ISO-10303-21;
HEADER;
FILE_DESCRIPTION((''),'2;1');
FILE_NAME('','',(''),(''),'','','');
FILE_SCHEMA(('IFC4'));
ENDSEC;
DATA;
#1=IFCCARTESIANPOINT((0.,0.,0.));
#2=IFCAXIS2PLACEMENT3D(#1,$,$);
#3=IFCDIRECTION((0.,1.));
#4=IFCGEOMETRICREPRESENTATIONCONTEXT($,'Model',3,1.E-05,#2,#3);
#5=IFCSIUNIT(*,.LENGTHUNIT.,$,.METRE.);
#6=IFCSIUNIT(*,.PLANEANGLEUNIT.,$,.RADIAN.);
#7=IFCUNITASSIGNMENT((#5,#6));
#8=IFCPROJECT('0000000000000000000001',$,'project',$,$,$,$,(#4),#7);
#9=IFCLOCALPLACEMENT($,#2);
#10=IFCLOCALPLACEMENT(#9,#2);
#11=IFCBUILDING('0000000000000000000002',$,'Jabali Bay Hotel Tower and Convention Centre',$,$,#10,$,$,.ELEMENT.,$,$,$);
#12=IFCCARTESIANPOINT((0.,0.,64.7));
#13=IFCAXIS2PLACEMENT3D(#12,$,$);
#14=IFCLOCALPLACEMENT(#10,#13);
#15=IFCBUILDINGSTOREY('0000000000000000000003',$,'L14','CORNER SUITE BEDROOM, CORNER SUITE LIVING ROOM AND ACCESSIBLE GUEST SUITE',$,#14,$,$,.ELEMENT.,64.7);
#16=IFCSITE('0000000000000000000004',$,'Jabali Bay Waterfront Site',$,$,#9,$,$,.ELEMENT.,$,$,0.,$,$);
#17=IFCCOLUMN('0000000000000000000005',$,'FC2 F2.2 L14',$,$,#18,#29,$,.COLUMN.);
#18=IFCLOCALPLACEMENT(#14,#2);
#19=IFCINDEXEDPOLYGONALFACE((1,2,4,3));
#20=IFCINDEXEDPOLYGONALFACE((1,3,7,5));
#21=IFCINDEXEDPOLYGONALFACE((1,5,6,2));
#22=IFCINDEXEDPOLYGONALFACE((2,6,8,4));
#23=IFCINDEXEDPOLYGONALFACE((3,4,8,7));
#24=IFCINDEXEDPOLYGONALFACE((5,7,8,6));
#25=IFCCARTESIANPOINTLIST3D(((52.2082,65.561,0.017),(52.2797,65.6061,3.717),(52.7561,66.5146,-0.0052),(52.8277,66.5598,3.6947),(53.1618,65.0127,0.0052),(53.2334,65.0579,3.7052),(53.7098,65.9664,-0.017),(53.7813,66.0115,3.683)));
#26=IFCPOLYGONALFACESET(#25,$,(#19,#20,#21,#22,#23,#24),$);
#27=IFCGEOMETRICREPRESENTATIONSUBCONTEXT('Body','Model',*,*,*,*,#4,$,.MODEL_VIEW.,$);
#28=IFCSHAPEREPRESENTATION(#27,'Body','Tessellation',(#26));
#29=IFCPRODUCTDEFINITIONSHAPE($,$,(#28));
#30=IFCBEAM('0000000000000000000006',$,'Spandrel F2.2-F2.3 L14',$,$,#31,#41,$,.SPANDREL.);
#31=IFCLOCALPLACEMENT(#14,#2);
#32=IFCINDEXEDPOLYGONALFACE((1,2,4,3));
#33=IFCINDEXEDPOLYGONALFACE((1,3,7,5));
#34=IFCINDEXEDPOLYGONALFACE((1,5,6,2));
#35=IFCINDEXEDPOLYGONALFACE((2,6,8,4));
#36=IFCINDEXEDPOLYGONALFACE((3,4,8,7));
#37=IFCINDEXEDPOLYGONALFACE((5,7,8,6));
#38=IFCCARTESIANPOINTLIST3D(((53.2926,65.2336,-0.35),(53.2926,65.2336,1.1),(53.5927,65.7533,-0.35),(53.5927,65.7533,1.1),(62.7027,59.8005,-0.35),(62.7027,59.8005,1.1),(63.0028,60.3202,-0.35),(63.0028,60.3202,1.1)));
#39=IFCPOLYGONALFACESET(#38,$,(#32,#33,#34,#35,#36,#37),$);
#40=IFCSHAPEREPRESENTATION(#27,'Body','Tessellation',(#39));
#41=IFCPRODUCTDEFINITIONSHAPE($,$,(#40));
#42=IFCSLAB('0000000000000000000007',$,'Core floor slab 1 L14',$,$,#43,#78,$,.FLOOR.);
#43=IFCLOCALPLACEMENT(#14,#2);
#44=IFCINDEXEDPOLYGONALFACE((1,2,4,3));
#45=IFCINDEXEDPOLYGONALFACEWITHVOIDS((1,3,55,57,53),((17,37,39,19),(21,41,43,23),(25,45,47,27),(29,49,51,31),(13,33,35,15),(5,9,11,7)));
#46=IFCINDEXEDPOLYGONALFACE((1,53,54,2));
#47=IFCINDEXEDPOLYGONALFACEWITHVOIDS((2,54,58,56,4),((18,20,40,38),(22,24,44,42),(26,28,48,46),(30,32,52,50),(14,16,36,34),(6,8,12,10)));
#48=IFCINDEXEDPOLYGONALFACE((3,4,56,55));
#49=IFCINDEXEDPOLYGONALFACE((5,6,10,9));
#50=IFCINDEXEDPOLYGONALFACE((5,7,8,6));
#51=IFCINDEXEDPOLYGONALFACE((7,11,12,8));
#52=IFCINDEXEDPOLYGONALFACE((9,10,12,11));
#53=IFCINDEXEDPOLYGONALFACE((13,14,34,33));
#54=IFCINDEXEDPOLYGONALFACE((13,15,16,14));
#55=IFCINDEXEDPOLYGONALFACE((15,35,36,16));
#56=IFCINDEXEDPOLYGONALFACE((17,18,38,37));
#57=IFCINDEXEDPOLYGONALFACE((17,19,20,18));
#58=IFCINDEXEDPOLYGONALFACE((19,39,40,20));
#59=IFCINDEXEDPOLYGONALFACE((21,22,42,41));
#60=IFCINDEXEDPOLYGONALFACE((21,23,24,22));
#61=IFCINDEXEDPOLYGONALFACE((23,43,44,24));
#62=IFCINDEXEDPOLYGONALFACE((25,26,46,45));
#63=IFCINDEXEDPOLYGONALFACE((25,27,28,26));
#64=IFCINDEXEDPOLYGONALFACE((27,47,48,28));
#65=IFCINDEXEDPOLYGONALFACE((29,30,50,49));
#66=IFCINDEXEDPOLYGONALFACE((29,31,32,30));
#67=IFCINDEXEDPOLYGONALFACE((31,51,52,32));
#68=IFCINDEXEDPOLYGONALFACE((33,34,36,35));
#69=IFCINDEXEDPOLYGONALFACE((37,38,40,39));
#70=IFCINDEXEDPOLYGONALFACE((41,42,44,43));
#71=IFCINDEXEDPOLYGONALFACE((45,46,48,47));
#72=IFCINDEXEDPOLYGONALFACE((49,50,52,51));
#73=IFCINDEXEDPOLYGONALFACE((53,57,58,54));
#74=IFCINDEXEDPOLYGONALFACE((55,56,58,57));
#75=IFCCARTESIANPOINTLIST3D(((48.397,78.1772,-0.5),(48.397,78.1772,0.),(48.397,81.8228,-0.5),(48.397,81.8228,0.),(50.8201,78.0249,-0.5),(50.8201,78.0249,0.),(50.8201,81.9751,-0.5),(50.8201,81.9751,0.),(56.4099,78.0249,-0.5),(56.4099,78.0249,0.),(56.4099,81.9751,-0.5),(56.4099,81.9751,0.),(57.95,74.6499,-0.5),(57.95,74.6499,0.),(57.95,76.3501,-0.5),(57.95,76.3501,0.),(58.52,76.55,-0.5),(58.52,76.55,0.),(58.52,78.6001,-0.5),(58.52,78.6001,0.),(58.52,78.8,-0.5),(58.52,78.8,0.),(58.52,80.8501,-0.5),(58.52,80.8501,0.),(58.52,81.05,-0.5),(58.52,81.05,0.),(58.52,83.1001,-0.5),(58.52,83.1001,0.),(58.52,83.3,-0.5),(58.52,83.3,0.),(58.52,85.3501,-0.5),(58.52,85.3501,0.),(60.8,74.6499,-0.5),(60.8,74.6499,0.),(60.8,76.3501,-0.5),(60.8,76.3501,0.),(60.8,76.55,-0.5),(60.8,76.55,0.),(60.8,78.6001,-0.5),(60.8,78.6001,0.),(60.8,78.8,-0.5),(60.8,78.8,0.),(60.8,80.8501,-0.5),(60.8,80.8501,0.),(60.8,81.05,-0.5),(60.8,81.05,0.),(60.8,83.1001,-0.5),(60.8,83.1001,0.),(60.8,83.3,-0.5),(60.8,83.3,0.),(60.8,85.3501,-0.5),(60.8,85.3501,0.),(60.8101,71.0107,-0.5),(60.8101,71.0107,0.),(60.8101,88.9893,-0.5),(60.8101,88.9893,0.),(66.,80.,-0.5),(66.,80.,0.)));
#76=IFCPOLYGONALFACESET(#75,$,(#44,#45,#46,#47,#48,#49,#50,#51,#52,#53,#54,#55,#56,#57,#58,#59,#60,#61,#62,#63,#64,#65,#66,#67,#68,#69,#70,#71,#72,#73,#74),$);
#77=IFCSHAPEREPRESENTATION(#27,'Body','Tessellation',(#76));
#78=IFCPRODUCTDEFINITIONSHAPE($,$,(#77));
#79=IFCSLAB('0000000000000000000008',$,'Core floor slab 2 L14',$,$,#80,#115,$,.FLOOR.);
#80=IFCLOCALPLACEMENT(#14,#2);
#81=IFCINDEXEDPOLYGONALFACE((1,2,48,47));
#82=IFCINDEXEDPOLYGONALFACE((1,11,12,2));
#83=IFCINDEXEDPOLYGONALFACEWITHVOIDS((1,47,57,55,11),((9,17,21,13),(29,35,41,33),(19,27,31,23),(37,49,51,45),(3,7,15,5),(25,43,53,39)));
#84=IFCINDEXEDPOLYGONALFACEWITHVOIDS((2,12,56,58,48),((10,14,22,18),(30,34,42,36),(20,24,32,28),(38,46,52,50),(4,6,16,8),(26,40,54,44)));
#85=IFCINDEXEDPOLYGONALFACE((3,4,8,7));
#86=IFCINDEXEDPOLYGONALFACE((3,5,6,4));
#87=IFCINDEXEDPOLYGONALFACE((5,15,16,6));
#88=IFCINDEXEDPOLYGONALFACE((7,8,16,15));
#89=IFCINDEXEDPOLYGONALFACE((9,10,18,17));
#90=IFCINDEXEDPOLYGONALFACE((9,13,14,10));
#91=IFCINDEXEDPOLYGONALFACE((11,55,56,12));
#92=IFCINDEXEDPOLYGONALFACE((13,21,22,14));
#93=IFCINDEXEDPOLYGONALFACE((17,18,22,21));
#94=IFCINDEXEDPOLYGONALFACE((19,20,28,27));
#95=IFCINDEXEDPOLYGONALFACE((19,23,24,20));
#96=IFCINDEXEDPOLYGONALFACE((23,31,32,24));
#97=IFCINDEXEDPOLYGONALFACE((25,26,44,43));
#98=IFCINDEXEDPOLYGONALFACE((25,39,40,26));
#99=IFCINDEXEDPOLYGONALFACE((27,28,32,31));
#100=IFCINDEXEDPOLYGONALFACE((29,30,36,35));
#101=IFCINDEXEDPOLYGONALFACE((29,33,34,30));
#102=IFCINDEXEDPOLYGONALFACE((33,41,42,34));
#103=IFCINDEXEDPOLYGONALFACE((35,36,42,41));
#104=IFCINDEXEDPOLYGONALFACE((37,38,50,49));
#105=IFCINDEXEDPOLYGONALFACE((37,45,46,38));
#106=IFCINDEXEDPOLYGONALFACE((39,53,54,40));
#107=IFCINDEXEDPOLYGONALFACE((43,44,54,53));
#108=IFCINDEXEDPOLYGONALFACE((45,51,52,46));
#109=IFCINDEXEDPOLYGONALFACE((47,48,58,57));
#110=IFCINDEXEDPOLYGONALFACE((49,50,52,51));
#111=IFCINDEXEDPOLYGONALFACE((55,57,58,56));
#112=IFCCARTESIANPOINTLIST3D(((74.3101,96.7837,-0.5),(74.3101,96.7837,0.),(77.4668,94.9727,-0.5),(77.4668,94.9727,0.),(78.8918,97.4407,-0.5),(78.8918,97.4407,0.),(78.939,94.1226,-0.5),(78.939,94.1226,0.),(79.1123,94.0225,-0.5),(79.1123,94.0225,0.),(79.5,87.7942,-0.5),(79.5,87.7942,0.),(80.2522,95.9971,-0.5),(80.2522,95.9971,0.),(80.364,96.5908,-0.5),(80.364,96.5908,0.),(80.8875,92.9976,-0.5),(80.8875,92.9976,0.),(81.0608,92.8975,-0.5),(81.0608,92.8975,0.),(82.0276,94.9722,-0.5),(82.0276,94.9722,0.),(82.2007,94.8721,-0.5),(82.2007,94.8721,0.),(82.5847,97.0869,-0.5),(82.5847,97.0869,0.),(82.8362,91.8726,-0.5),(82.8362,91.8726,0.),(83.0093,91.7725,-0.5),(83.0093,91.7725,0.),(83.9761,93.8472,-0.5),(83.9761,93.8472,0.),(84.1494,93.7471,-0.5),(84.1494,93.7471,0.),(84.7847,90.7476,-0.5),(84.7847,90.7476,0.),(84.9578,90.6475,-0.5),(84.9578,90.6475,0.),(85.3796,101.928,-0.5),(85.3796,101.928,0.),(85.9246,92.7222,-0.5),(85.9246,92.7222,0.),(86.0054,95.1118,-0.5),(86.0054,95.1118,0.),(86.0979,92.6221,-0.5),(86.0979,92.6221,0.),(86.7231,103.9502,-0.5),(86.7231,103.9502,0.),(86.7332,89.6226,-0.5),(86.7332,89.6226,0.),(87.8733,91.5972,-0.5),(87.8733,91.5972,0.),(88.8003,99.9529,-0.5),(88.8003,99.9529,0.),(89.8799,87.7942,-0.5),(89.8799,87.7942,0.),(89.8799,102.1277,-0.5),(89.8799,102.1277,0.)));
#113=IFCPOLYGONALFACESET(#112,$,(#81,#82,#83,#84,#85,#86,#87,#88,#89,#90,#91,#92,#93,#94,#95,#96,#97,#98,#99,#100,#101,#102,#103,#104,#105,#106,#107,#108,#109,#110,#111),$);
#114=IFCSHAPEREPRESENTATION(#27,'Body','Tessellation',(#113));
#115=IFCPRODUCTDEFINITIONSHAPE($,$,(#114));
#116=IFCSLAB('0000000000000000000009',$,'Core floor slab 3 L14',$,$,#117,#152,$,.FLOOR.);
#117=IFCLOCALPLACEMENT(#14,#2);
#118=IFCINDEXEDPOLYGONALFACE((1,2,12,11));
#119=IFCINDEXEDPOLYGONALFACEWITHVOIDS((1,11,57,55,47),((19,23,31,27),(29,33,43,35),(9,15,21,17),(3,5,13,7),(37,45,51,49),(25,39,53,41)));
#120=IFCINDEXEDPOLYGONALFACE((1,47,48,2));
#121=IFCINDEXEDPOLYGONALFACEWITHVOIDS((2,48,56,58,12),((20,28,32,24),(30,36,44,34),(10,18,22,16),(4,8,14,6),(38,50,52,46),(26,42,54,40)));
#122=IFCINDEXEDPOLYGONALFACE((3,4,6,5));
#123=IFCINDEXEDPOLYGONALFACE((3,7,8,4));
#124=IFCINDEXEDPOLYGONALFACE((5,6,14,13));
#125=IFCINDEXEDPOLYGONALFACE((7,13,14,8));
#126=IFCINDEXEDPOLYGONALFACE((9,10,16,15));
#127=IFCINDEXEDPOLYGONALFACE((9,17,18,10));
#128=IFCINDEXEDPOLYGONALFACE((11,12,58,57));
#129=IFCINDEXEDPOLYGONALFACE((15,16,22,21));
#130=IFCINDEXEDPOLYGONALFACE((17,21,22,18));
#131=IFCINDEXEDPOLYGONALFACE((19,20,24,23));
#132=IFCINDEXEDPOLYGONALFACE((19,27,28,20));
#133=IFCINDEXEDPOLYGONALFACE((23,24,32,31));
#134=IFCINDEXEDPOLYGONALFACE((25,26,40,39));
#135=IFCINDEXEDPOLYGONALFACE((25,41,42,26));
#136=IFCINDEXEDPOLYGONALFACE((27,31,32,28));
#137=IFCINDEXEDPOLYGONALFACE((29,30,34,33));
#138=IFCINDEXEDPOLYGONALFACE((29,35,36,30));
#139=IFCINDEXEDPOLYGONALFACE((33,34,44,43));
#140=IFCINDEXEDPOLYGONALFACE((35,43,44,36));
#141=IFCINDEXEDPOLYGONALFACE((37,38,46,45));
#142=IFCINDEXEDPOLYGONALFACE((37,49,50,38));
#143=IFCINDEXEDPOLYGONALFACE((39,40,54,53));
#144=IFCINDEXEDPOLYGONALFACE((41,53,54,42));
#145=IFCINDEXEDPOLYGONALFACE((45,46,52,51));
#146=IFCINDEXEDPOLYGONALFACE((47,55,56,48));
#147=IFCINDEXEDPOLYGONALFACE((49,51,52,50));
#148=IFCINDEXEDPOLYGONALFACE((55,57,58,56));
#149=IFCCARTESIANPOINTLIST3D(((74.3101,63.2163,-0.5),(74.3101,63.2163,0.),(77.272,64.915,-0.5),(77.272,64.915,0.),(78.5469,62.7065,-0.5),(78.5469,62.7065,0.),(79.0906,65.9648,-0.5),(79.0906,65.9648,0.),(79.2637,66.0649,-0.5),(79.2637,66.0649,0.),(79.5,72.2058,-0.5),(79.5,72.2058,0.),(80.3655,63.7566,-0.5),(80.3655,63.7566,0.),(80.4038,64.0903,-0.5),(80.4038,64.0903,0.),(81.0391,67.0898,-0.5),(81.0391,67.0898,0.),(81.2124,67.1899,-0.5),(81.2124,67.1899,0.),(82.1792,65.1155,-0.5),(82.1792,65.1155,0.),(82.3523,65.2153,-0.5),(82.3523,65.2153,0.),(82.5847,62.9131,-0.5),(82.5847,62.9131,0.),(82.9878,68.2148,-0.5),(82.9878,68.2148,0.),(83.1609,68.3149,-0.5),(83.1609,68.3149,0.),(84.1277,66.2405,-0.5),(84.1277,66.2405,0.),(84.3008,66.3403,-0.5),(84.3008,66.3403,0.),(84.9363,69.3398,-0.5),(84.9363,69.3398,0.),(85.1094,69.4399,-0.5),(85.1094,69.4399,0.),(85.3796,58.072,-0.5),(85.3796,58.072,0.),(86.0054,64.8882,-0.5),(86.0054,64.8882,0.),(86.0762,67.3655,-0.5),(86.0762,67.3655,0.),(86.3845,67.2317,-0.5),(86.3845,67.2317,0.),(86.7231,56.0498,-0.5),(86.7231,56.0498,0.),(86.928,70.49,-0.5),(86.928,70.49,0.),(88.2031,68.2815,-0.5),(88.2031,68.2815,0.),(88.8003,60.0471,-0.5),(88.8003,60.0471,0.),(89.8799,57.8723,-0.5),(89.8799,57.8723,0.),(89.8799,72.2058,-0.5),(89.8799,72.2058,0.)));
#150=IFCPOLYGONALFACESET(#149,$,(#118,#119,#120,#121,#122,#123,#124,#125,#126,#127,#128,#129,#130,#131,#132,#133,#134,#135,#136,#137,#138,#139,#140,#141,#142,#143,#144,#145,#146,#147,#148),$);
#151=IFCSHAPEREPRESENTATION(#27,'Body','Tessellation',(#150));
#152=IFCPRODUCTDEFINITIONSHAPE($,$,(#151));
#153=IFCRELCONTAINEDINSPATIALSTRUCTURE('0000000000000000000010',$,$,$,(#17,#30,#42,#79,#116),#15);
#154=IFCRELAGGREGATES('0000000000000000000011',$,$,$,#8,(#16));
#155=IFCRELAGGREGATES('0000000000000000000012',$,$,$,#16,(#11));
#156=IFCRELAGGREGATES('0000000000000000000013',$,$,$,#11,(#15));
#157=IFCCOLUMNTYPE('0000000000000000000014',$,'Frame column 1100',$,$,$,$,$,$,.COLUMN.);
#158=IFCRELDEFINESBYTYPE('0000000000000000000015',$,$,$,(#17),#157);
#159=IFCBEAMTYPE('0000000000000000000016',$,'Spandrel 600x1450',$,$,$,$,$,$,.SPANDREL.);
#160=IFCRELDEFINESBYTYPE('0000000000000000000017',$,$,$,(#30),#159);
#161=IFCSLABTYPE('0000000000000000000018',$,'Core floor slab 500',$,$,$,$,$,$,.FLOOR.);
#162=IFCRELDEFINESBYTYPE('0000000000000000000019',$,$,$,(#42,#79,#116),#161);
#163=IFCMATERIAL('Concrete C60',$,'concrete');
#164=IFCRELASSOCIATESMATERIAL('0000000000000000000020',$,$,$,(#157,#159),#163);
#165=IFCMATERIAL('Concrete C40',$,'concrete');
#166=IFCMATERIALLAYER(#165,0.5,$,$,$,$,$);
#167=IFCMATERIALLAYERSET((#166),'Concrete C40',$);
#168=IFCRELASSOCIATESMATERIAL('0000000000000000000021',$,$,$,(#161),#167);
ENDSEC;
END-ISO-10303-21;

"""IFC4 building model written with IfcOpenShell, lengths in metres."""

from ifc_helpers import new_model, si_unit, direction, frame, origin, origin_2d, place, context, subcontext, project, spatial, polyline, rectangle, outline, extrude, material, layer, layer_set, material_profile, profile_set, type_object, element, save


model = new_model("IFC4")

# Units and contexts
model_context = context("Model", 3, precision=1e-05, world=origin(), true_north=direction((0.0, 1.0)))
body_context = subcontext(model_context, "Body", "Model", "MODEL_VIEW")
ifc_project = project(units=[si_unit("LENGTHUNIT", "METRE"), si_unit("PLANEANGLEUNIT", "RADIAN")], contexts=[model_context])

# Site, building, storey
site_placement = place(None, origin())
site = spatial("IfcSite", under=ifc_project, at=site_placement, Name="Jabali Bay Waterfront Site", CompositionType="ELEMENT", RefElevation=0.0)
building_placement = place(site_placement, origin())
building = spatial("IfcBuilding", under=site, at=building_placement, Name="Jabali Bay Hotel Tower and Convention Centre", CompositionType="ELEMENT")
storey_placement = place(building_placement, frame((0.0, 0.0, 64.7)))
storey = spatial("IfcBuildingStorey", under=building, at=storey_placement, Name="L14", Description="CORNER SUITE BEDROOM, CORNER SUITE LIVING ROOM AND ACCESSIBLE GUEST SUITE", CompositionType="ELEMENT", Elevation=64.7)

# Column
ifc_material_1 = material(Name="Concrete C60", Category="concrete")
ifc_material_profile_1 = material_profile(ifc_material_1, rectangle(XDim=1.1001, YDim=1.1001, at=origin_2d()), Name="Frame column 1100")
ifc_profile_set_1 = profile_set([ifc_material_profile_1], Name="Concrete C60")
column_type = type_object("IfcColumnType", Name="Frame column 1100", PredefinedType="COLUMN", material=ifc_profile_set_1)
column_placement = place(storey_placement, frame((52.959, 65.7637, 0.0), z_axis=(0.019329, 0.012204, 0.999739), x_axis=(-0.866906, 0.498357, 0.010677)))
element("IfcColumn", 1, at=column_placement, inside=storey, type_object=column_type, Name="FC2 F2.2 L14", PredefinedType="COLUMN", context=body_context, shape_type="SweptSolid", body=[
    extrude(rectangle(XDim=1.1001, YDim=1.1001, at=origin_2d()), origin(), (0.0, 0.0, 1.0), 3.7009),
])

# Beam
ifc_material_profile_2 = material_profile(ifc_material_1, rectangle(XDim=0.6001, YDim=1.45, at=origin_2d()), Name="Spandrel 600x1450")
ifc_profile_set_2 = profile_set([ifc_material_profile_2], Name="Concrete C60")
beam_type = type_object("IfcBeamType", Name="Spandrel 600x1450", PredefinedType="SPANDREL", material=ifc_profile_set_2)
beam_placement = place(storey_placement, frame((53.4426, 65.4934, 0.375), z_axis=(0.866019, -0.50001, 0.0), x_axis=(0.50001, 0.866019, 0.0)))
element("IfcBeam", 2, at=beam_placement, inside=storey, type_object=beam_type, Name="Spandrel F2.2-F2.3 L14", PredefinedType="SPANDREL", context=body_context, shape_type="SweptSolid", body=[
    extrude(rectangle(XDim=0.6001, YDim=1.45, at=origin_2d()), origin(), (0.0, 0.0, 1.0), 10.866),
])

# Slabs
ifc_material_2 = material(Name="Concrete C40", Category="concrete")
ifc_layer_1 = layer(ifc_material_2, 0.5)
ifc_layer_set_1 = layer_set([ifc_layer_1], Name="Concrete C40")
slab_type_1 = type_object("IfcSlabType", Name="Core floor slab 500", PredefinedType="FLOOR", material=ifc_layer_set_1)
slab_1_placement = place(storey_placement, frame((0.0, 0.0, -0.5)))
element("IfcSlab", 3, at=slab_1_placement, inside=storey, type_object=slab_type_1, Name="Core floor slab 1 L14", PredefinedType="FLOOR", context=body_context, shape_type="SweptSolid", body=[
    extrude(outline(polyline([(66.0, 80.0), (60.8101, 88.9893), (48.397, 81.8228), (48.397, 78.1772), (60.8101, 71.0107), (66.0, 80.0)]), holes=[polyline([(60.8, 74.6499), (60.8, 76.3501), (57.95, 76.3501), (57.95, 74.6499), (60.8, 74.6499)]), polyline([(58.52, 76.55), (60.8, 76.55), (60.8, 78.6001), (58.52, 78.6001), (58.52, 76.55)]), polyline([(58.52, 78.8), (60.8, 78.8), (60.8, 80.8501), (58.52, 80.8501), (58.52, 78.8)]), polyline([(56.4099, 81.9751), (50.8201, 81.9751), (50.8201, 78.0249), (56.4099, 78.0249), (56.4099, 81.9751)]), polyline([(58.52, 81.05), (60.8, 81.05), (60.8, 83.1001), (58.52, 83.1001), (58.52, 81.05)]), polyline([(58.52, 83.3), (60.8, 83.3), (60.8, 85.3501), (58.52, 85.3501), (58.52, 83.3)])]), origin(), (0.0, 0.0, 1.0), 0.5),
])
slab_2_placement = place(storey_placement, frame((0.0, 0.0, -0.5)))
element("IfcSlab", 4, at=slab_2_placement, inside=storey, type_object=slab_type_1, Name="Core floor slab 2 L14", PredefinedType="FLOOR", context=body_context, shape_type="SweptSolid", body=[
    extrude(outline(polyline([(79.5, 87.7942), (89.8799, 87.7942), (89.8799, 102.1277), (86.7231, 103.9502), (74.3101, 96.7837), (79.5, 87.7942)]), holes=[polyline([(84.9578, 90.6475), (86.7332, 89.6226), (87.8733, 91.5972), (86.0979, 92.6221), (84.9578, 90.6475)]), polyline([(84.1494, 93.7471), (83.0093, 91.7725), (84.7847, 90.7476), (85.9246, 92.7222), (84.1494, 93.7471)]), polyline([(82.2007, 94.8721), (81.0608, 92.8975), (82.8362, 91.8726), (83.9761, 93.8472), (82.2007, 94.8721)]), polyline([(79.1123, 94.0225), (80.8875, 92.9976), (82.0276, 94.9722), (80.2522, 95.9971), (79.1123, 94.0225)]), polyline([(78.8918, 97.4407), (77.4668, 94.9727), (78.939, 94.1226), (80.364, 96.5908), (78.8918, 97.4407)]), polyline([(82.5847, 97.0869), (86.0054, 95.1118), (88.8003, 99.9529), (85.3796, 101.928), (82.5847, 97.0869)])]), origin(), (0.0, 0.0, 1.0), 0.5),
])
slab_3_placement = place(storey_placement, frame((0.0, 0.0, -0.5)))
element("IfcSlab", 5, at=slab_3_placement, inside=storey, type_object=slab_type_1, Name="Core floor slab 3 L14", PredefinedType="FLOOR", context=body_context, shape_type="SweptSolid", body=[
    extrude(outline(polyline([(79.5, 72.2058), (74.3101, 63.2163), (86.7231, 56.0498), (89.8799, 57.8723), (89.8799, 72.2058), (79.5, 72.2058)]), holes=[polyline([(82.5847, 62.9131), (85.3796, 58.072), (88.8003, 60.0471), (86.0054, 64.8882), (82.5847, 62.9131)]), polyline([(80.3655, 63.7566), (79.0906, 65.9648), (77.272, 64.915), (78.5469, 62.7065), (80.3655, 63.7566)]), polyline([(82.1792, 65.1155), (81.0391, 67.0898), (79.2637, 66.0649), (80.4038, 64.0903), (82.1792, 65.1155)]), polyline([(82.9878, 68.2148), (81.2124, 67.1899), (82.3523, 65.2153), (84.1277, 66.2405), (82.9878, 68.2148)]), polyline([(86.0762, 67.3655), (84.9363, 69.3398), (83.1609, 68.3149), (84.3008, 66.3403), (86.0762, 67.3655)]), polyline([(88.2031, 68.2815), (86.928, 70.49), (85.1094, 69.4399), (86.3845, 67.2317), (88.2031, 68.2815)])]), origin(), (0.0, 0.0, 1.0), 0.5),
])

save(model, "model.ifc")
